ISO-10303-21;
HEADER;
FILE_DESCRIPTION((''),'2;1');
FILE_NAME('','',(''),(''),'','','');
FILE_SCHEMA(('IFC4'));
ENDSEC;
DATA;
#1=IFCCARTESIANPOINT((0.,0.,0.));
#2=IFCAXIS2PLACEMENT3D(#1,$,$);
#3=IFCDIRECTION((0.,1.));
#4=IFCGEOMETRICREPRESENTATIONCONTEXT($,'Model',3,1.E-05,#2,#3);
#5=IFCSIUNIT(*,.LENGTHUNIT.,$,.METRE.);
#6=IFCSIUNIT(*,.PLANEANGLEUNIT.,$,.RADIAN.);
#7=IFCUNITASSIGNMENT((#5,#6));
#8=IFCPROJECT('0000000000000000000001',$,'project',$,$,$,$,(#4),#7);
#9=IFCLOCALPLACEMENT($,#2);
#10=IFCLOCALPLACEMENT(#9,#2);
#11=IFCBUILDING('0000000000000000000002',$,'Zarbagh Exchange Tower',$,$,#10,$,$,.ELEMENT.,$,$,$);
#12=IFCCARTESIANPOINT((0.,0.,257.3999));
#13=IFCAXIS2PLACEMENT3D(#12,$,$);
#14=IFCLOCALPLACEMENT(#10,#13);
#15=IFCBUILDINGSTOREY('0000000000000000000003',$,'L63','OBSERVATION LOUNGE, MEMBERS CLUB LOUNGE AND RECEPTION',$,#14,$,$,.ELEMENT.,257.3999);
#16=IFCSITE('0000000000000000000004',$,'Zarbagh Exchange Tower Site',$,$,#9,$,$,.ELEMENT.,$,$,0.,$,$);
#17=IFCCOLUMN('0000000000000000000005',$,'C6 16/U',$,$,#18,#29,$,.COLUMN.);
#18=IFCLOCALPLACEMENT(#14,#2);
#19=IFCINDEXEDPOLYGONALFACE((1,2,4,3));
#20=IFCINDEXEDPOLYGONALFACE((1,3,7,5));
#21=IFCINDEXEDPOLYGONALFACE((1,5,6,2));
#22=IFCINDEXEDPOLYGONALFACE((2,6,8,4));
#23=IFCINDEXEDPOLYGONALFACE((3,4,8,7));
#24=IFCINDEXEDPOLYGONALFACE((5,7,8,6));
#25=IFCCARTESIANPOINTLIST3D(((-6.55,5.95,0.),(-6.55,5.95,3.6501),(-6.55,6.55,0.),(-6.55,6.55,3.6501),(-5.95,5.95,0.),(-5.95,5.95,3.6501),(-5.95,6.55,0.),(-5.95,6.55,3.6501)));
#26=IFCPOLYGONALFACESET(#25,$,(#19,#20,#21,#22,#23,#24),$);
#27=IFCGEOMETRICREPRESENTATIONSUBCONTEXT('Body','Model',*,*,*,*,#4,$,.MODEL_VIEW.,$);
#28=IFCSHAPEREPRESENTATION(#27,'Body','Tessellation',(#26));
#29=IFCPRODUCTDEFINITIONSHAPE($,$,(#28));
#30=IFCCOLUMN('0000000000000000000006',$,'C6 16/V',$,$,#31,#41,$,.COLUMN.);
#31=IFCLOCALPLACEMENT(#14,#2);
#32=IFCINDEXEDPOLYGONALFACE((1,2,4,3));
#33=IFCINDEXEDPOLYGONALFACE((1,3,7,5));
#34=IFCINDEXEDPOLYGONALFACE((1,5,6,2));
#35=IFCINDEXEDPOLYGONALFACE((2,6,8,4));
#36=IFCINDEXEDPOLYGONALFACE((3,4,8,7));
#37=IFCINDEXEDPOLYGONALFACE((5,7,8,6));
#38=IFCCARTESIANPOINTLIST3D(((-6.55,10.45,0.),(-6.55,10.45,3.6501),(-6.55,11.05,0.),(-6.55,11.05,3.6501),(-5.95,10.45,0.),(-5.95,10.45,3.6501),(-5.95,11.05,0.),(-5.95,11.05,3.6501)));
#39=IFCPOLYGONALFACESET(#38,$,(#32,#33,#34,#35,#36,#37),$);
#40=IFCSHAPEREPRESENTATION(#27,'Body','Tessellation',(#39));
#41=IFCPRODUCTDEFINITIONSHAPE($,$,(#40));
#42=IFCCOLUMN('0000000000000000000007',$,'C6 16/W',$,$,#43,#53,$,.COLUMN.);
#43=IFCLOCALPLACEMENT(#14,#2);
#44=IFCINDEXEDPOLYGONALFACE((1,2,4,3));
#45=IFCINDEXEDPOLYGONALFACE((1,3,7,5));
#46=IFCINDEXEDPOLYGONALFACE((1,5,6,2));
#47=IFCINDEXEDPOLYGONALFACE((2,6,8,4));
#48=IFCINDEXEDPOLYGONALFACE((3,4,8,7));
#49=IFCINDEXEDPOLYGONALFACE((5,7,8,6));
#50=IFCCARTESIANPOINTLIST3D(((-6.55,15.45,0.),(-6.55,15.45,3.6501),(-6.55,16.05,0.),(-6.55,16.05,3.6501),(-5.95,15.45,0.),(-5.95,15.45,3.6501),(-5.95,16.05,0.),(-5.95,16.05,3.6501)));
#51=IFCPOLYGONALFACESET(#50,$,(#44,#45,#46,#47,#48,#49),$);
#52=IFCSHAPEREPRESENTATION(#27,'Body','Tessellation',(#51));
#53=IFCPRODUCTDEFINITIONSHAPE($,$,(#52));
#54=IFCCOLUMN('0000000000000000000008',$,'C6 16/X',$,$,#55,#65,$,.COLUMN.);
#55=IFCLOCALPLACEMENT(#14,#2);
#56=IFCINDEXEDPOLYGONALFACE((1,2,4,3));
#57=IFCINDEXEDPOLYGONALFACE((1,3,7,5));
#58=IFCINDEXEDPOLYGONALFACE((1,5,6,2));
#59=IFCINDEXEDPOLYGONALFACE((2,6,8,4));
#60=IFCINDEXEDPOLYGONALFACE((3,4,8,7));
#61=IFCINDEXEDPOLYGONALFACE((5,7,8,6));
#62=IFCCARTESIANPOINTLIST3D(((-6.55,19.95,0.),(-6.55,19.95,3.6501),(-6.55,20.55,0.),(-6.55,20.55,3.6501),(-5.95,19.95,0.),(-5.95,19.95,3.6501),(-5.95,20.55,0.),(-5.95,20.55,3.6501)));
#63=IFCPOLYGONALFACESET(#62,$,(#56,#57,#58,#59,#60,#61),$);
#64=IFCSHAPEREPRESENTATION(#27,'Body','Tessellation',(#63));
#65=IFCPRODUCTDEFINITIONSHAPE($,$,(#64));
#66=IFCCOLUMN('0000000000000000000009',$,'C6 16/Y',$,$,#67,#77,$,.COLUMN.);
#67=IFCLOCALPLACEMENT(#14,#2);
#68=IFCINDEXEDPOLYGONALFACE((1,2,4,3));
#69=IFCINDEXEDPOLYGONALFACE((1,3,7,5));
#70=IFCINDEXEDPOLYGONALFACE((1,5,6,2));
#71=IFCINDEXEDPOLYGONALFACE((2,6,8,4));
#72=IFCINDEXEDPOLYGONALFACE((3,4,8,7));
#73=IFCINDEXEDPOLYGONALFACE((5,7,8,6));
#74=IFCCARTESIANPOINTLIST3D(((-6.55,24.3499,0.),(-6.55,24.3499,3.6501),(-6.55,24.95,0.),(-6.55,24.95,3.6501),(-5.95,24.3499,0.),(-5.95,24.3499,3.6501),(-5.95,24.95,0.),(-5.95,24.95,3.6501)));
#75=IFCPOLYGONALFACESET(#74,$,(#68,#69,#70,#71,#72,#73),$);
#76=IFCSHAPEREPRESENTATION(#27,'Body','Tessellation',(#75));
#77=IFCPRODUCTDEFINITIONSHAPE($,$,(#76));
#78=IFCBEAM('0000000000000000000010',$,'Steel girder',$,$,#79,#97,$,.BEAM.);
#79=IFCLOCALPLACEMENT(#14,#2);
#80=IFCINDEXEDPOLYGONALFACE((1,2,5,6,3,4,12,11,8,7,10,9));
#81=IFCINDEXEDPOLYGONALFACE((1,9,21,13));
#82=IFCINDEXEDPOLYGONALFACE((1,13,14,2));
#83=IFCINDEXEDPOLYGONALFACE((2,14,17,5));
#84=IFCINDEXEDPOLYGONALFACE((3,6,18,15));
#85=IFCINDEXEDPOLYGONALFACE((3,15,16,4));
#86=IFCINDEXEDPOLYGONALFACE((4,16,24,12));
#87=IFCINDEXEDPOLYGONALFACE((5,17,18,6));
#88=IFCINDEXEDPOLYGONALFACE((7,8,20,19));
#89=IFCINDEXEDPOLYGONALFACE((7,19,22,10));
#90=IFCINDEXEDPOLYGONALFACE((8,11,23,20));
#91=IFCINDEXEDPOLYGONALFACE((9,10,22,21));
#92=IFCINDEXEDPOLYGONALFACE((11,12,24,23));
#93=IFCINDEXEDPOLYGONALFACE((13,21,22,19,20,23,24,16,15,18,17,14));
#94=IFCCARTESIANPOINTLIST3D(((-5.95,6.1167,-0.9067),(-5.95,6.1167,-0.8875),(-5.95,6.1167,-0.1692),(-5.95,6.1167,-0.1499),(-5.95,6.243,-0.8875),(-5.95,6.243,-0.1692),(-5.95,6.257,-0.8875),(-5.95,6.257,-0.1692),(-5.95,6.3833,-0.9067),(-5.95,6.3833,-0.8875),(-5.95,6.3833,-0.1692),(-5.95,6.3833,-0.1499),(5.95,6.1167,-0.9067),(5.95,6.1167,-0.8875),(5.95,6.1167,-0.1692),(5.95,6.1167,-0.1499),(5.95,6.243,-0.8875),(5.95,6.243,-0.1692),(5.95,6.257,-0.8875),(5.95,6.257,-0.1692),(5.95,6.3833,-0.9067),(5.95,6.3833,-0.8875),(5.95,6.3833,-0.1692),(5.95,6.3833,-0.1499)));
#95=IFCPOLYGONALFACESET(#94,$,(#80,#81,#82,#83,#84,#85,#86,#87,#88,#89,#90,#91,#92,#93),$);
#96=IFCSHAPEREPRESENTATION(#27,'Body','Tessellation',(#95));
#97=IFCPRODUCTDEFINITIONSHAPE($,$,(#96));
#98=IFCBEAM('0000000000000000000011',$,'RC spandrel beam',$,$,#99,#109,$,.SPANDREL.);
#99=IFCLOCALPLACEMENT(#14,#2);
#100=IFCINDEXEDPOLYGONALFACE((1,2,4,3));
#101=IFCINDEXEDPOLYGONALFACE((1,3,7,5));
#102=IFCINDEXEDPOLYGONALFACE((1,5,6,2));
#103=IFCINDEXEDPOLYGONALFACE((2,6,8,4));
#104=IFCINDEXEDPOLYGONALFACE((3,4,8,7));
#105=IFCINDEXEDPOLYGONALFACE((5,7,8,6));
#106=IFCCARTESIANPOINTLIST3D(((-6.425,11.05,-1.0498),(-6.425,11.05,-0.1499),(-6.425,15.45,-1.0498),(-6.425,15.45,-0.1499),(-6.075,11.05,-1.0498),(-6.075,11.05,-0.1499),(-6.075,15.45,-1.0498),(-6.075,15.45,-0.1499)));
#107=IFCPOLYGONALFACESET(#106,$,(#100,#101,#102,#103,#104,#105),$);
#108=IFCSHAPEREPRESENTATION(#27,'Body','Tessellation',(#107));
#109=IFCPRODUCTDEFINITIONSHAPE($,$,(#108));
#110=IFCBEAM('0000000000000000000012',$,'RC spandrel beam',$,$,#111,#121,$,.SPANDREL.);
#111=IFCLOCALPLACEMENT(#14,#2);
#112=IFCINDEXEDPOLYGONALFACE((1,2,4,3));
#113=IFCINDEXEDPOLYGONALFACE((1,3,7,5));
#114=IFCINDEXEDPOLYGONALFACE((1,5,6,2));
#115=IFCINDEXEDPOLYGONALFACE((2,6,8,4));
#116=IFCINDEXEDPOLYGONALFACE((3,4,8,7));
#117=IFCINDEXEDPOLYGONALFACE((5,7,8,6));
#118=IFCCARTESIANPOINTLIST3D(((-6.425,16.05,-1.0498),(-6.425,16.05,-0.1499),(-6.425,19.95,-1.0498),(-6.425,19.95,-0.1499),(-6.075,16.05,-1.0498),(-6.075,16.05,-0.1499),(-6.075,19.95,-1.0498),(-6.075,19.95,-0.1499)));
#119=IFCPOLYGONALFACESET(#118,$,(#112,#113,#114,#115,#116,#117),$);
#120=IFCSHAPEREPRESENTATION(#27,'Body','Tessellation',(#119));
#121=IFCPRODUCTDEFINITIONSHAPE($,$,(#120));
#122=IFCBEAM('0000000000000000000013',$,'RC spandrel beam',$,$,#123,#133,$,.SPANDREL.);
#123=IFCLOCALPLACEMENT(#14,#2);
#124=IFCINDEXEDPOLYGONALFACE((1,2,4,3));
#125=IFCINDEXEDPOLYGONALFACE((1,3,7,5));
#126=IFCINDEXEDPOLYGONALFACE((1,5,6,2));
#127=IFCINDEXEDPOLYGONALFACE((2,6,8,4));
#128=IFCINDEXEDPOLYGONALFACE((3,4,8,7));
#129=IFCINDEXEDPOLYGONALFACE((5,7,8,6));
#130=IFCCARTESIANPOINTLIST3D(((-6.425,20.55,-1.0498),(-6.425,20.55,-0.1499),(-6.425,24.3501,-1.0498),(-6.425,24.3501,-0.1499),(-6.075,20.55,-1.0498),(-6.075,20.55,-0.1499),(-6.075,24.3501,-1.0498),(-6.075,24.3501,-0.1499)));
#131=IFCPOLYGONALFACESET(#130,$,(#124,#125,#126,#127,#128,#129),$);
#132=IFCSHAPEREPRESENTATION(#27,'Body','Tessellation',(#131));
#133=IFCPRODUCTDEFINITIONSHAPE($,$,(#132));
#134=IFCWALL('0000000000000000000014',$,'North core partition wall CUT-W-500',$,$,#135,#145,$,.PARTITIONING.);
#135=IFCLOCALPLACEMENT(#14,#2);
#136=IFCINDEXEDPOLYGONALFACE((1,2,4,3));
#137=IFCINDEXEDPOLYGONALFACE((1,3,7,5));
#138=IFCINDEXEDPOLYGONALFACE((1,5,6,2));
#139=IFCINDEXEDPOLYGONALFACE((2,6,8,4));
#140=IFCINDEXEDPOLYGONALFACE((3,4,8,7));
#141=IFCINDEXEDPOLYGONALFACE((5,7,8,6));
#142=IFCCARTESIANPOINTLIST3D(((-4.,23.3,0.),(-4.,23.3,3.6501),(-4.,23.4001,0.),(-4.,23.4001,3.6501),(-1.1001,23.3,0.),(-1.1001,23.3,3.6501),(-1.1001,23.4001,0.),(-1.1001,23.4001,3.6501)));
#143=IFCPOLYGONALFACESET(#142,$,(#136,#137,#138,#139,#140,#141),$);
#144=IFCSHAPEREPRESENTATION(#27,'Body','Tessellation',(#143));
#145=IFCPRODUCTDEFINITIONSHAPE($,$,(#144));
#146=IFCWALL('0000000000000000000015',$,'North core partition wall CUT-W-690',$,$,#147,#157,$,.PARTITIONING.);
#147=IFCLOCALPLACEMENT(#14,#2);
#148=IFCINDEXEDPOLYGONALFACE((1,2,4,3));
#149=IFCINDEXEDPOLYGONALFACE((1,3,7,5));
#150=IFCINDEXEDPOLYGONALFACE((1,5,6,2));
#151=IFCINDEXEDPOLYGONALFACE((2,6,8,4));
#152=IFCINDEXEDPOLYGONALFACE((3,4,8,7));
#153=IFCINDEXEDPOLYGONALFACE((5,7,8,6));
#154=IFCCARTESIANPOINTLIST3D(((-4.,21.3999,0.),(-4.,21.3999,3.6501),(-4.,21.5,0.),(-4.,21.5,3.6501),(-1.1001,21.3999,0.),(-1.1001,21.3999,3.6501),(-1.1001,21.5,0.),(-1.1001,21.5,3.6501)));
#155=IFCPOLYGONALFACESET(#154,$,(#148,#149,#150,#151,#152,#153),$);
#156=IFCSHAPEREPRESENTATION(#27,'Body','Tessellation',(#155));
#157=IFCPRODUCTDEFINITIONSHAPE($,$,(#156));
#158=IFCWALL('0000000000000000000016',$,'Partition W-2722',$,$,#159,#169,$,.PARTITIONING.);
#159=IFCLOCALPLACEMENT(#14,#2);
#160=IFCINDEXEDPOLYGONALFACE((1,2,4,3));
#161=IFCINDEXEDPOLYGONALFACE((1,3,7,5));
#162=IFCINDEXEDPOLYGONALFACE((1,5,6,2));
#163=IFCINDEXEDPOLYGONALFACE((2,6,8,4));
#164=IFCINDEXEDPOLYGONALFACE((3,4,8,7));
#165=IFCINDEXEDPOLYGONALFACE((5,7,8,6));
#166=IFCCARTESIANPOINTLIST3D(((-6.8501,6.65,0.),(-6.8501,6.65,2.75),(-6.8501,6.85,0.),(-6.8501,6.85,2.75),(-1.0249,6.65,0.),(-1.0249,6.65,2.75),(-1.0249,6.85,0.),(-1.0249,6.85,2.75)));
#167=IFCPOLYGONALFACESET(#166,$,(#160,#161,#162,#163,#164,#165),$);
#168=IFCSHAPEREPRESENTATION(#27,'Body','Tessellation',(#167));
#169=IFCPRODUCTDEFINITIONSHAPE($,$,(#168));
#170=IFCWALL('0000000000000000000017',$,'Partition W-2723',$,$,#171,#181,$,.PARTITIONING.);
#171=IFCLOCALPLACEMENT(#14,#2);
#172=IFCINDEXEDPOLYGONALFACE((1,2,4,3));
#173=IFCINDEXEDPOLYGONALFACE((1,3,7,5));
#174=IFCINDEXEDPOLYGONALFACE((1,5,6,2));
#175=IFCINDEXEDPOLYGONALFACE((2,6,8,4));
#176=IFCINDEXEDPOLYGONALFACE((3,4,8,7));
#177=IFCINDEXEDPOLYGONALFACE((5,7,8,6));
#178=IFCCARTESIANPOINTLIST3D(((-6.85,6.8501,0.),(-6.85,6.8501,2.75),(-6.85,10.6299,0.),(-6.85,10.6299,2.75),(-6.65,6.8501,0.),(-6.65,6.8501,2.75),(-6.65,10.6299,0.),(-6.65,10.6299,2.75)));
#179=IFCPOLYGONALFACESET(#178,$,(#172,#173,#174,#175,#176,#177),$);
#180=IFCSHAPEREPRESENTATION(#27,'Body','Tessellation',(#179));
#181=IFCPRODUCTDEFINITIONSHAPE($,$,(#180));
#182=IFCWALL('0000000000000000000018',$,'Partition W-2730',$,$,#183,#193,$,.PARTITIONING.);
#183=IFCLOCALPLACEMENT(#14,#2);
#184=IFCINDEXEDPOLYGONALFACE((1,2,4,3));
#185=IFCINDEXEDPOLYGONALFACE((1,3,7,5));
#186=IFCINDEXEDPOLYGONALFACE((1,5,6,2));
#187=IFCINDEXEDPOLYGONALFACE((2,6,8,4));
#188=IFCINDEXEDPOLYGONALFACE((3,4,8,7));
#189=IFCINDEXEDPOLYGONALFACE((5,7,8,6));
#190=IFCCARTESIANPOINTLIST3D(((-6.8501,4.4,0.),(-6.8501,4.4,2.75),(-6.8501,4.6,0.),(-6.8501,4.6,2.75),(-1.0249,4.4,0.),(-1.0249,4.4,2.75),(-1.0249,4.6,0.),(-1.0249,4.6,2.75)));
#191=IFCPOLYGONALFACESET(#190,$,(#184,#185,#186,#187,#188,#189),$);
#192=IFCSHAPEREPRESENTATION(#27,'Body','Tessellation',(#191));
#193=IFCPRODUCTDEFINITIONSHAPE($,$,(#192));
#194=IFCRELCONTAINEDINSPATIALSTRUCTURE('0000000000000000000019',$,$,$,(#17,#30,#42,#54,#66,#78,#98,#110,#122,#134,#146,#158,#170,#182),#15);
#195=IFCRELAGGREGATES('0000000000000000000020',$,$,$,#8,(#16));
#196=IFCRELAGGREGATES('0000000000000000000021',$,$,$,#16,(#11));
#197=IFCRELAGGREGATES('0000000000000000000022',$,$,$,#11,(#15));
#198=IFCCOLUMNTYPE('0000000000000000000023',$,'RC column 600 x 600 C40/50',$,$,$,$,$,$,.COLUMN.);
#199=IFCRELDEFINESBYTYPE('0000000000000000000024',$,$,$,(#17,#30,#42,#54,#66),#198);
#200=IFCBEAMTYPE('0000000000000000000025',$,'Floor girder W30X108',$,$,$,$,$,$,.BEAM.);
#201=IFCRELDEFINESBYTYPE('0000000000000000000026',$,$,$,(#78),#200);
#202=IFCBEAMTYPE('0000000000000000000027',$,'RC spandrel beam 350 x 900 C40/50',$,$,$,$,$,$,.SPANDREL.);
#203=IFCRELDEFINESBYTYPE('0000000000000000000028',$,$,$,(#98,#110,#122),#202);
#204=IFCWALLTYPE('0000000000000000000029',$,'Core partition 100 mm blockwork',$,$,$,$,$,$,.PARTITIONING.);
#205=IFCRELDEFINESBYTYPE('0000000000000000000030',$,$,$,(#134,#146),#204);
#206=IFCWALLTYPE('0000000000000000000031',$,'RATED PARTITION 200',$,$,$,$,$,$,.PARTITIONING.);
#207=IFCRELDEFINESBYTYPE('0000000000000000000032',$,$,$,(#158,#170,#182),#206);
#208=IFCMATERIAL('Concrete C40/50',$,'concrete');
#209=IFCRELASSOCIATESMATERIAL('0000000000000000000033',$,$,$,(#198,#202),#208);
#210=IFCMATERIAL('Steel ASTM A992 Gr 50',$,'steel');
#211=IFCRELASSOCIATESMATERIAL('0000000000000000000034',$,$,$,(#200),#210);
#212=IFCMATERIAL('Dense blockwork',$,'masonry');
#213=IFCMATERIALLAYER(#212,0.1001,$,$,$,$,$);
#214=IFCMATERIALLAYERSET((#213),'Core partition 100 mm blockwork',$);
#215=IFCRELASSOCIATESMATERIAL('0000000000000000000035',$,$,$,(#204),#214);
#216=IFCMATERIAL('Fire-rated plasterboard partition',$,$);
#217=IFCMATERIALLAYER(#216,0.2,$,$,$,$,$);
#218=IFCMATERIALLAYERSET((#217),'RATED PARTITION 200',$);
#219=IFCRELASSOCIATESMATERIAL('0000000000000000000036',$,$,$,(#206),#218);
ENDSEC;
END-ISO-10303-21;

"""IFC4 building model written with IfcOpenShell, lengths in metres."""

from ifc_helpers import new_model, si_unit, direction, frame, frame_2d, origin, origin_2d, place, context, subcontext, project, spatial, rectangle, i_section, extrude, material, layer, layer_set, material_profile, profile_set, type_object, element, save


model = new_model("IFC4")

# Units and contexts
model_context = context("Model", 3, precision=1e-05, world=origin(), true_north=direction((0.0, 1.0)))
body_context = subcontext(model_context, "Body", "Model", "MODEL_VIEW")
ifc_project = project(units=[si_unit("LENGTHUNIT", "METRE"), si_unit("PLANEANGLEUNIT", "RADIAN")], contexts=[model_context])

# Site, building, storey
site_placement = place(None, origin())
site = spatial("IfcSite", under=ifc_project, at=site_placement, Name="Zarbagh Exchange Tower Site", CompositionType="ELEMENT", RefElevation=0.0)
building_placement = place(site_placement, origin())
building = spatial("IfcBuilding", under=site, at=building_placement, Name="Zarbagh Exchange Tower", CompositionType="ELEMENT")
storey_placement = place(building_placement, frame((0.0, 0.0, 257.3999)))
storey = spatial("IfcBuildingStorey", under=building, at=storey_placement, Name="L63", Description="OBSERVATION LOUNGE, MEMBERS CLUB LOUNGE AND RECEPTION", CompositionType="ELEMENT", Elevation=257.3999)

# Columns
ifc_material_1 = material(Name="Concrete C40/50", Category="concrete")
ifc_material_profile_1 = material_profile(ifc_material_1, rectangle(XDim=0.6001, YDim=0.6001, at=origin_2d()), Name="RC column 600 x 600 C40/50")
ifc_profile_set_1 = profile_set([ifc_material_profile_1], Name="Concrete C40/50")
column_type = type_object("IfcColumnType", Name="RC column 600 x 600 C40/50", PredefinedType="COLUMN", material=ifc_profile_set_1)
for number, where, z_axis, x_axis, name in (
    (1, (-6.25, 6.25, 0.0), (0.0, 0.0, 1.0), (1.0, 0.0, 0.0), "C6 16/U"),
    (2, (-6.25, 10.75, 0.0), (0.0, 0.0, 1.0), (1.0, 0.0, 0.0), "C6 16/V"),
    (3, (-6.25, 15.75, 0.0), (0.0, 0.0, 1.0), (1.0, 0.0, 0.0), "C6 16/W"),
    (4, (-6.25, 20.25, 0.0), (0.0, 0.0, 1.0), (1.0, 0.0, 0.0), "C6 16/X"),
    (5, (-6.25, 24.6499, 0.0), (0.0, 0.0, 1.0), (1.0, 0.0, 0.0), "C6 16/Y"),
):
    element("IfcColumn", number, at=place(storey_placement, frame(where, z_axis=z_axis, x_axis=x_axis)), inside=storey, type_object=column_type, Name=name, PredefinedType="COLUMN", context=body_context, shape_type="SweptSolid", body=[
        extrude(rectangle(XDim=0.6001, YDim=0.6001, at=origin_2d()), origin(), (0.0, 0.0, 1.0), 3.6501),
    ])

# Beams
ifc_material_2 = material(Name="Steel ASTM A992 Gr 50", Category="steel")
ifc_material_profile_2 = material_profile(ifc_material_2, i_section(OverallWidth=0.2666, OverallDepth=0.7568, WebThickness=0.0139, FlangeThickness=0.0193, at=origin_2d()), Name="W30X108")
ifc_profile_set_2 = profile_set([ifc_material_profile_2], Name="Steel ASTM A992 Gr 50")
beam_type_1 = type_object("IfcBeamType", Name="Floor girder W30X108", PredefinedType="BEAM", material=ifc_profile_set_2)
beam_1_placement = place(storey_placement, frame((-5.95, 6.25, -0.5283), z_axis=(1.0, 0.0, 0.0), x_axis=(0.0, 1.0, 0.0)))
element("IfcBeam", 6, at=beam_1_placement, inside=storey, type_object=beam_type_1, Name="Steel girder", PredefinedType="BEAM", context=body_context, shape_type="SweptSolid", body=[
    extrude(i_section(OverallWidth=0.2666, OverallDepth=0.7568, WebThickness=0.0139, FlangeThickness=0.0193, at=origin_2d()), origin(), (0.0, 0.0, 1.0), 11.8999),
])
ifc_material_profile_3 = material_profile(ifc_material_1, rectangle(XDim=0.3501, YDim=0.8999, at=origin_2d()), Name="RC spandrel beam 350 x 900 C40/50")
ifc_profile_set_3 = profile_set([ifc_material_profile_3], Name="Concrete C40/50")
beam_type_2 = type_object("IfcBeamType", Name="RC spandrel beam 350 x 900 C40/50", PredefinedType="SPANDREL", material=ifc_profile_set_3)
beam_2_placement = place(storey_placement, frame((-6.25, 11.05, -0.5999), z_axis=(0.0, 1.0, 0.0), x_axis=(-1.0, 0.0, 0.0)))
element("IfcBeam", 7, at=beam_2_placement, inside=storey, type_object=beam_type_2, Name="RC spandrel beam", PredefinedType="SPANDREL", context=body_context, shape_type="SweptSolid", body=[
    extrude(rectangle(XDim=0.3501, YDim=0.8999, at=origin_2d()), origin(), (0.0, 0.0, 1.0), 4.3999),
])
beam_3_placement = place(storey_placement, frame((-6.25, 16.05, -0.5999), z_axis=(0.0, 1.0, 0.0), x_axis=(-1.0, 0.0, 0.0)))
element("IfcBeam", 8, at=beam_3_placement, inside=storey, type_object=beam_type_2, Name="RC spandrel beam", PredefinedType="SPANDREL", context=body_context, shape_type="SweptSolid", body=[
    extrude(rectangle(XDim=0.3501, YDim=0.8999, at=origin_2d()), origin(), (0.0, 0.0, 1.0), 3.8999),
])
beam_4_placement = place(storey_placement, frame((-6.25, 20.55, -0.5999), z_axis=(0.0, 1.0, 0.0), x_axis=(-1.0, 0.0, 0.0)))
element("IfcBeam", 9, at=beam_4_placement, inside=storey, type_object=beam_type_2, Name="RC spandrel beam", PredefinedType="SPANDREL", context=body_context, shape_type="SweptSolid", body=[
    extrude(rectangle(XDim=0.3501, YDim=0.8999, at=origin_2d()), origin(), (0.0, 0.0, 1.0), 3.8),
])

# Walls
ifc_material_3 = material(Name="Dense blockwork", Category="masonry")
ifc_layer_1 = layer(ifc_material_3, 0.1001)
ifc_layer_set_1 = layer_set([ifc_layer_1], Name="Core partition 100 mm blockwork")
wall_type_1 = type_object("IfcWallType", Name="Core partition 100 mm blockwork", PredefinedType="PARTITIONING", material=ifc_layer_set_1)
for number, where, z_axis, x_axis, name in (
    (10, (-4.0, 23.3501, 0.0), (0.0, 0.0, 1.0), (1.0, 0.0, 0.0), "North core partition wall CUT-W-500"),
    (11, (-4.0, 21.45, 0.0), (0.0, 0.0, 1.0), (1.0, 0.0, 0.0), "North core partition wall CUT-W-690"),
):
    element("IfcWall", number, at=place(storey_placement, frame(where, z_axis=z_axis, x_axis=x_axis)), inside=storey, type_object=wall_type_1, Name=name, PredefinedType="PARTITIONING", context=body_context, shape_type="SweptSolid", body=[
        extrude(rectangle(XDim=2.8999, YDim=0.1001, at=frame_2d((1.45, 0.0))), origin(), (0.0, 0.0, 1.0), 3.6501),
    ])
ifc_material_4 = material(Name="Fire-rated plasterboard partition")
ifc_layer_2 = layer(ifc_material_4, 0.2)
ifc_layer_set_2 = layer_set([ifc_layer_2], Name="RATED PARTITION 200")
wall_type_2 = type_object("IfcWallType", Name="RATED PARTITION 200", PredefinedType="PARTITIONING", material=ifc_layer_set_2)
wall_1_placement = place(storey_placement, frame((-6.8501, 6.75, 0.0), z_axis=(0.0, 0.0, 1.0), x_axis=(1.0, 0.0, 0.0)))
element("IfcWall", 12, at=wall_1_placement, inside=storey, type_object=wall_type_2, Name="Partition W-2722", PredefinedType="PARTITIONING", context=body_context, shape_type="SweptSolid", body=[
    extrude(rectangle(XDim=5.8252, YDim=0.2, at=frame_2d((2.9126, 0.0))), origin(), (0.0, 0.0, 1.0), 2.75),
])
wall_2_placement = place(storey_placement, frame((-6.75, 6.8501, 0.0), z_axis=(0.0, 0.0, 1.0), x_axis=(0.0, 1.0, 0.0)))
element("IfcWall", 13, at=wall_2_placement, inside=storey, type_object=wall_type_2, Name="Partition W-2723", PredefinedType="PARTITIONING", context=body_context, shape_type="SweptSolid", body=[
    extrude(rectangle(XDim=3.7798, YDim=0.2, at=frame_2d((1.8899, 0.0))), origin(), (0.0, 0.0, 1.0), 2.75),
])
wall_3_placement = place(storey_placement, frame((-6.8501, 4.5, 0.0), z_axis=(0.0, 0.0, 1.0), x_axis=(1.0, 0.0, 0.0)))
element("IfcWall", 14, at=wall_3_placement, inside=storey, type_object=wall_type_2, Name="Partition W-2730", PredefinedType="PARTITIONING", context=body_context, shape_type="SweptSolid", body=[
    extrude(rectangle(XDim=5.8252, YDim=0.2, at=frame_2d((2.9126, 0.0))), origin(), (0.0, 0.0, 1.0), 2.75),
])

save(model, "model.ifc")
